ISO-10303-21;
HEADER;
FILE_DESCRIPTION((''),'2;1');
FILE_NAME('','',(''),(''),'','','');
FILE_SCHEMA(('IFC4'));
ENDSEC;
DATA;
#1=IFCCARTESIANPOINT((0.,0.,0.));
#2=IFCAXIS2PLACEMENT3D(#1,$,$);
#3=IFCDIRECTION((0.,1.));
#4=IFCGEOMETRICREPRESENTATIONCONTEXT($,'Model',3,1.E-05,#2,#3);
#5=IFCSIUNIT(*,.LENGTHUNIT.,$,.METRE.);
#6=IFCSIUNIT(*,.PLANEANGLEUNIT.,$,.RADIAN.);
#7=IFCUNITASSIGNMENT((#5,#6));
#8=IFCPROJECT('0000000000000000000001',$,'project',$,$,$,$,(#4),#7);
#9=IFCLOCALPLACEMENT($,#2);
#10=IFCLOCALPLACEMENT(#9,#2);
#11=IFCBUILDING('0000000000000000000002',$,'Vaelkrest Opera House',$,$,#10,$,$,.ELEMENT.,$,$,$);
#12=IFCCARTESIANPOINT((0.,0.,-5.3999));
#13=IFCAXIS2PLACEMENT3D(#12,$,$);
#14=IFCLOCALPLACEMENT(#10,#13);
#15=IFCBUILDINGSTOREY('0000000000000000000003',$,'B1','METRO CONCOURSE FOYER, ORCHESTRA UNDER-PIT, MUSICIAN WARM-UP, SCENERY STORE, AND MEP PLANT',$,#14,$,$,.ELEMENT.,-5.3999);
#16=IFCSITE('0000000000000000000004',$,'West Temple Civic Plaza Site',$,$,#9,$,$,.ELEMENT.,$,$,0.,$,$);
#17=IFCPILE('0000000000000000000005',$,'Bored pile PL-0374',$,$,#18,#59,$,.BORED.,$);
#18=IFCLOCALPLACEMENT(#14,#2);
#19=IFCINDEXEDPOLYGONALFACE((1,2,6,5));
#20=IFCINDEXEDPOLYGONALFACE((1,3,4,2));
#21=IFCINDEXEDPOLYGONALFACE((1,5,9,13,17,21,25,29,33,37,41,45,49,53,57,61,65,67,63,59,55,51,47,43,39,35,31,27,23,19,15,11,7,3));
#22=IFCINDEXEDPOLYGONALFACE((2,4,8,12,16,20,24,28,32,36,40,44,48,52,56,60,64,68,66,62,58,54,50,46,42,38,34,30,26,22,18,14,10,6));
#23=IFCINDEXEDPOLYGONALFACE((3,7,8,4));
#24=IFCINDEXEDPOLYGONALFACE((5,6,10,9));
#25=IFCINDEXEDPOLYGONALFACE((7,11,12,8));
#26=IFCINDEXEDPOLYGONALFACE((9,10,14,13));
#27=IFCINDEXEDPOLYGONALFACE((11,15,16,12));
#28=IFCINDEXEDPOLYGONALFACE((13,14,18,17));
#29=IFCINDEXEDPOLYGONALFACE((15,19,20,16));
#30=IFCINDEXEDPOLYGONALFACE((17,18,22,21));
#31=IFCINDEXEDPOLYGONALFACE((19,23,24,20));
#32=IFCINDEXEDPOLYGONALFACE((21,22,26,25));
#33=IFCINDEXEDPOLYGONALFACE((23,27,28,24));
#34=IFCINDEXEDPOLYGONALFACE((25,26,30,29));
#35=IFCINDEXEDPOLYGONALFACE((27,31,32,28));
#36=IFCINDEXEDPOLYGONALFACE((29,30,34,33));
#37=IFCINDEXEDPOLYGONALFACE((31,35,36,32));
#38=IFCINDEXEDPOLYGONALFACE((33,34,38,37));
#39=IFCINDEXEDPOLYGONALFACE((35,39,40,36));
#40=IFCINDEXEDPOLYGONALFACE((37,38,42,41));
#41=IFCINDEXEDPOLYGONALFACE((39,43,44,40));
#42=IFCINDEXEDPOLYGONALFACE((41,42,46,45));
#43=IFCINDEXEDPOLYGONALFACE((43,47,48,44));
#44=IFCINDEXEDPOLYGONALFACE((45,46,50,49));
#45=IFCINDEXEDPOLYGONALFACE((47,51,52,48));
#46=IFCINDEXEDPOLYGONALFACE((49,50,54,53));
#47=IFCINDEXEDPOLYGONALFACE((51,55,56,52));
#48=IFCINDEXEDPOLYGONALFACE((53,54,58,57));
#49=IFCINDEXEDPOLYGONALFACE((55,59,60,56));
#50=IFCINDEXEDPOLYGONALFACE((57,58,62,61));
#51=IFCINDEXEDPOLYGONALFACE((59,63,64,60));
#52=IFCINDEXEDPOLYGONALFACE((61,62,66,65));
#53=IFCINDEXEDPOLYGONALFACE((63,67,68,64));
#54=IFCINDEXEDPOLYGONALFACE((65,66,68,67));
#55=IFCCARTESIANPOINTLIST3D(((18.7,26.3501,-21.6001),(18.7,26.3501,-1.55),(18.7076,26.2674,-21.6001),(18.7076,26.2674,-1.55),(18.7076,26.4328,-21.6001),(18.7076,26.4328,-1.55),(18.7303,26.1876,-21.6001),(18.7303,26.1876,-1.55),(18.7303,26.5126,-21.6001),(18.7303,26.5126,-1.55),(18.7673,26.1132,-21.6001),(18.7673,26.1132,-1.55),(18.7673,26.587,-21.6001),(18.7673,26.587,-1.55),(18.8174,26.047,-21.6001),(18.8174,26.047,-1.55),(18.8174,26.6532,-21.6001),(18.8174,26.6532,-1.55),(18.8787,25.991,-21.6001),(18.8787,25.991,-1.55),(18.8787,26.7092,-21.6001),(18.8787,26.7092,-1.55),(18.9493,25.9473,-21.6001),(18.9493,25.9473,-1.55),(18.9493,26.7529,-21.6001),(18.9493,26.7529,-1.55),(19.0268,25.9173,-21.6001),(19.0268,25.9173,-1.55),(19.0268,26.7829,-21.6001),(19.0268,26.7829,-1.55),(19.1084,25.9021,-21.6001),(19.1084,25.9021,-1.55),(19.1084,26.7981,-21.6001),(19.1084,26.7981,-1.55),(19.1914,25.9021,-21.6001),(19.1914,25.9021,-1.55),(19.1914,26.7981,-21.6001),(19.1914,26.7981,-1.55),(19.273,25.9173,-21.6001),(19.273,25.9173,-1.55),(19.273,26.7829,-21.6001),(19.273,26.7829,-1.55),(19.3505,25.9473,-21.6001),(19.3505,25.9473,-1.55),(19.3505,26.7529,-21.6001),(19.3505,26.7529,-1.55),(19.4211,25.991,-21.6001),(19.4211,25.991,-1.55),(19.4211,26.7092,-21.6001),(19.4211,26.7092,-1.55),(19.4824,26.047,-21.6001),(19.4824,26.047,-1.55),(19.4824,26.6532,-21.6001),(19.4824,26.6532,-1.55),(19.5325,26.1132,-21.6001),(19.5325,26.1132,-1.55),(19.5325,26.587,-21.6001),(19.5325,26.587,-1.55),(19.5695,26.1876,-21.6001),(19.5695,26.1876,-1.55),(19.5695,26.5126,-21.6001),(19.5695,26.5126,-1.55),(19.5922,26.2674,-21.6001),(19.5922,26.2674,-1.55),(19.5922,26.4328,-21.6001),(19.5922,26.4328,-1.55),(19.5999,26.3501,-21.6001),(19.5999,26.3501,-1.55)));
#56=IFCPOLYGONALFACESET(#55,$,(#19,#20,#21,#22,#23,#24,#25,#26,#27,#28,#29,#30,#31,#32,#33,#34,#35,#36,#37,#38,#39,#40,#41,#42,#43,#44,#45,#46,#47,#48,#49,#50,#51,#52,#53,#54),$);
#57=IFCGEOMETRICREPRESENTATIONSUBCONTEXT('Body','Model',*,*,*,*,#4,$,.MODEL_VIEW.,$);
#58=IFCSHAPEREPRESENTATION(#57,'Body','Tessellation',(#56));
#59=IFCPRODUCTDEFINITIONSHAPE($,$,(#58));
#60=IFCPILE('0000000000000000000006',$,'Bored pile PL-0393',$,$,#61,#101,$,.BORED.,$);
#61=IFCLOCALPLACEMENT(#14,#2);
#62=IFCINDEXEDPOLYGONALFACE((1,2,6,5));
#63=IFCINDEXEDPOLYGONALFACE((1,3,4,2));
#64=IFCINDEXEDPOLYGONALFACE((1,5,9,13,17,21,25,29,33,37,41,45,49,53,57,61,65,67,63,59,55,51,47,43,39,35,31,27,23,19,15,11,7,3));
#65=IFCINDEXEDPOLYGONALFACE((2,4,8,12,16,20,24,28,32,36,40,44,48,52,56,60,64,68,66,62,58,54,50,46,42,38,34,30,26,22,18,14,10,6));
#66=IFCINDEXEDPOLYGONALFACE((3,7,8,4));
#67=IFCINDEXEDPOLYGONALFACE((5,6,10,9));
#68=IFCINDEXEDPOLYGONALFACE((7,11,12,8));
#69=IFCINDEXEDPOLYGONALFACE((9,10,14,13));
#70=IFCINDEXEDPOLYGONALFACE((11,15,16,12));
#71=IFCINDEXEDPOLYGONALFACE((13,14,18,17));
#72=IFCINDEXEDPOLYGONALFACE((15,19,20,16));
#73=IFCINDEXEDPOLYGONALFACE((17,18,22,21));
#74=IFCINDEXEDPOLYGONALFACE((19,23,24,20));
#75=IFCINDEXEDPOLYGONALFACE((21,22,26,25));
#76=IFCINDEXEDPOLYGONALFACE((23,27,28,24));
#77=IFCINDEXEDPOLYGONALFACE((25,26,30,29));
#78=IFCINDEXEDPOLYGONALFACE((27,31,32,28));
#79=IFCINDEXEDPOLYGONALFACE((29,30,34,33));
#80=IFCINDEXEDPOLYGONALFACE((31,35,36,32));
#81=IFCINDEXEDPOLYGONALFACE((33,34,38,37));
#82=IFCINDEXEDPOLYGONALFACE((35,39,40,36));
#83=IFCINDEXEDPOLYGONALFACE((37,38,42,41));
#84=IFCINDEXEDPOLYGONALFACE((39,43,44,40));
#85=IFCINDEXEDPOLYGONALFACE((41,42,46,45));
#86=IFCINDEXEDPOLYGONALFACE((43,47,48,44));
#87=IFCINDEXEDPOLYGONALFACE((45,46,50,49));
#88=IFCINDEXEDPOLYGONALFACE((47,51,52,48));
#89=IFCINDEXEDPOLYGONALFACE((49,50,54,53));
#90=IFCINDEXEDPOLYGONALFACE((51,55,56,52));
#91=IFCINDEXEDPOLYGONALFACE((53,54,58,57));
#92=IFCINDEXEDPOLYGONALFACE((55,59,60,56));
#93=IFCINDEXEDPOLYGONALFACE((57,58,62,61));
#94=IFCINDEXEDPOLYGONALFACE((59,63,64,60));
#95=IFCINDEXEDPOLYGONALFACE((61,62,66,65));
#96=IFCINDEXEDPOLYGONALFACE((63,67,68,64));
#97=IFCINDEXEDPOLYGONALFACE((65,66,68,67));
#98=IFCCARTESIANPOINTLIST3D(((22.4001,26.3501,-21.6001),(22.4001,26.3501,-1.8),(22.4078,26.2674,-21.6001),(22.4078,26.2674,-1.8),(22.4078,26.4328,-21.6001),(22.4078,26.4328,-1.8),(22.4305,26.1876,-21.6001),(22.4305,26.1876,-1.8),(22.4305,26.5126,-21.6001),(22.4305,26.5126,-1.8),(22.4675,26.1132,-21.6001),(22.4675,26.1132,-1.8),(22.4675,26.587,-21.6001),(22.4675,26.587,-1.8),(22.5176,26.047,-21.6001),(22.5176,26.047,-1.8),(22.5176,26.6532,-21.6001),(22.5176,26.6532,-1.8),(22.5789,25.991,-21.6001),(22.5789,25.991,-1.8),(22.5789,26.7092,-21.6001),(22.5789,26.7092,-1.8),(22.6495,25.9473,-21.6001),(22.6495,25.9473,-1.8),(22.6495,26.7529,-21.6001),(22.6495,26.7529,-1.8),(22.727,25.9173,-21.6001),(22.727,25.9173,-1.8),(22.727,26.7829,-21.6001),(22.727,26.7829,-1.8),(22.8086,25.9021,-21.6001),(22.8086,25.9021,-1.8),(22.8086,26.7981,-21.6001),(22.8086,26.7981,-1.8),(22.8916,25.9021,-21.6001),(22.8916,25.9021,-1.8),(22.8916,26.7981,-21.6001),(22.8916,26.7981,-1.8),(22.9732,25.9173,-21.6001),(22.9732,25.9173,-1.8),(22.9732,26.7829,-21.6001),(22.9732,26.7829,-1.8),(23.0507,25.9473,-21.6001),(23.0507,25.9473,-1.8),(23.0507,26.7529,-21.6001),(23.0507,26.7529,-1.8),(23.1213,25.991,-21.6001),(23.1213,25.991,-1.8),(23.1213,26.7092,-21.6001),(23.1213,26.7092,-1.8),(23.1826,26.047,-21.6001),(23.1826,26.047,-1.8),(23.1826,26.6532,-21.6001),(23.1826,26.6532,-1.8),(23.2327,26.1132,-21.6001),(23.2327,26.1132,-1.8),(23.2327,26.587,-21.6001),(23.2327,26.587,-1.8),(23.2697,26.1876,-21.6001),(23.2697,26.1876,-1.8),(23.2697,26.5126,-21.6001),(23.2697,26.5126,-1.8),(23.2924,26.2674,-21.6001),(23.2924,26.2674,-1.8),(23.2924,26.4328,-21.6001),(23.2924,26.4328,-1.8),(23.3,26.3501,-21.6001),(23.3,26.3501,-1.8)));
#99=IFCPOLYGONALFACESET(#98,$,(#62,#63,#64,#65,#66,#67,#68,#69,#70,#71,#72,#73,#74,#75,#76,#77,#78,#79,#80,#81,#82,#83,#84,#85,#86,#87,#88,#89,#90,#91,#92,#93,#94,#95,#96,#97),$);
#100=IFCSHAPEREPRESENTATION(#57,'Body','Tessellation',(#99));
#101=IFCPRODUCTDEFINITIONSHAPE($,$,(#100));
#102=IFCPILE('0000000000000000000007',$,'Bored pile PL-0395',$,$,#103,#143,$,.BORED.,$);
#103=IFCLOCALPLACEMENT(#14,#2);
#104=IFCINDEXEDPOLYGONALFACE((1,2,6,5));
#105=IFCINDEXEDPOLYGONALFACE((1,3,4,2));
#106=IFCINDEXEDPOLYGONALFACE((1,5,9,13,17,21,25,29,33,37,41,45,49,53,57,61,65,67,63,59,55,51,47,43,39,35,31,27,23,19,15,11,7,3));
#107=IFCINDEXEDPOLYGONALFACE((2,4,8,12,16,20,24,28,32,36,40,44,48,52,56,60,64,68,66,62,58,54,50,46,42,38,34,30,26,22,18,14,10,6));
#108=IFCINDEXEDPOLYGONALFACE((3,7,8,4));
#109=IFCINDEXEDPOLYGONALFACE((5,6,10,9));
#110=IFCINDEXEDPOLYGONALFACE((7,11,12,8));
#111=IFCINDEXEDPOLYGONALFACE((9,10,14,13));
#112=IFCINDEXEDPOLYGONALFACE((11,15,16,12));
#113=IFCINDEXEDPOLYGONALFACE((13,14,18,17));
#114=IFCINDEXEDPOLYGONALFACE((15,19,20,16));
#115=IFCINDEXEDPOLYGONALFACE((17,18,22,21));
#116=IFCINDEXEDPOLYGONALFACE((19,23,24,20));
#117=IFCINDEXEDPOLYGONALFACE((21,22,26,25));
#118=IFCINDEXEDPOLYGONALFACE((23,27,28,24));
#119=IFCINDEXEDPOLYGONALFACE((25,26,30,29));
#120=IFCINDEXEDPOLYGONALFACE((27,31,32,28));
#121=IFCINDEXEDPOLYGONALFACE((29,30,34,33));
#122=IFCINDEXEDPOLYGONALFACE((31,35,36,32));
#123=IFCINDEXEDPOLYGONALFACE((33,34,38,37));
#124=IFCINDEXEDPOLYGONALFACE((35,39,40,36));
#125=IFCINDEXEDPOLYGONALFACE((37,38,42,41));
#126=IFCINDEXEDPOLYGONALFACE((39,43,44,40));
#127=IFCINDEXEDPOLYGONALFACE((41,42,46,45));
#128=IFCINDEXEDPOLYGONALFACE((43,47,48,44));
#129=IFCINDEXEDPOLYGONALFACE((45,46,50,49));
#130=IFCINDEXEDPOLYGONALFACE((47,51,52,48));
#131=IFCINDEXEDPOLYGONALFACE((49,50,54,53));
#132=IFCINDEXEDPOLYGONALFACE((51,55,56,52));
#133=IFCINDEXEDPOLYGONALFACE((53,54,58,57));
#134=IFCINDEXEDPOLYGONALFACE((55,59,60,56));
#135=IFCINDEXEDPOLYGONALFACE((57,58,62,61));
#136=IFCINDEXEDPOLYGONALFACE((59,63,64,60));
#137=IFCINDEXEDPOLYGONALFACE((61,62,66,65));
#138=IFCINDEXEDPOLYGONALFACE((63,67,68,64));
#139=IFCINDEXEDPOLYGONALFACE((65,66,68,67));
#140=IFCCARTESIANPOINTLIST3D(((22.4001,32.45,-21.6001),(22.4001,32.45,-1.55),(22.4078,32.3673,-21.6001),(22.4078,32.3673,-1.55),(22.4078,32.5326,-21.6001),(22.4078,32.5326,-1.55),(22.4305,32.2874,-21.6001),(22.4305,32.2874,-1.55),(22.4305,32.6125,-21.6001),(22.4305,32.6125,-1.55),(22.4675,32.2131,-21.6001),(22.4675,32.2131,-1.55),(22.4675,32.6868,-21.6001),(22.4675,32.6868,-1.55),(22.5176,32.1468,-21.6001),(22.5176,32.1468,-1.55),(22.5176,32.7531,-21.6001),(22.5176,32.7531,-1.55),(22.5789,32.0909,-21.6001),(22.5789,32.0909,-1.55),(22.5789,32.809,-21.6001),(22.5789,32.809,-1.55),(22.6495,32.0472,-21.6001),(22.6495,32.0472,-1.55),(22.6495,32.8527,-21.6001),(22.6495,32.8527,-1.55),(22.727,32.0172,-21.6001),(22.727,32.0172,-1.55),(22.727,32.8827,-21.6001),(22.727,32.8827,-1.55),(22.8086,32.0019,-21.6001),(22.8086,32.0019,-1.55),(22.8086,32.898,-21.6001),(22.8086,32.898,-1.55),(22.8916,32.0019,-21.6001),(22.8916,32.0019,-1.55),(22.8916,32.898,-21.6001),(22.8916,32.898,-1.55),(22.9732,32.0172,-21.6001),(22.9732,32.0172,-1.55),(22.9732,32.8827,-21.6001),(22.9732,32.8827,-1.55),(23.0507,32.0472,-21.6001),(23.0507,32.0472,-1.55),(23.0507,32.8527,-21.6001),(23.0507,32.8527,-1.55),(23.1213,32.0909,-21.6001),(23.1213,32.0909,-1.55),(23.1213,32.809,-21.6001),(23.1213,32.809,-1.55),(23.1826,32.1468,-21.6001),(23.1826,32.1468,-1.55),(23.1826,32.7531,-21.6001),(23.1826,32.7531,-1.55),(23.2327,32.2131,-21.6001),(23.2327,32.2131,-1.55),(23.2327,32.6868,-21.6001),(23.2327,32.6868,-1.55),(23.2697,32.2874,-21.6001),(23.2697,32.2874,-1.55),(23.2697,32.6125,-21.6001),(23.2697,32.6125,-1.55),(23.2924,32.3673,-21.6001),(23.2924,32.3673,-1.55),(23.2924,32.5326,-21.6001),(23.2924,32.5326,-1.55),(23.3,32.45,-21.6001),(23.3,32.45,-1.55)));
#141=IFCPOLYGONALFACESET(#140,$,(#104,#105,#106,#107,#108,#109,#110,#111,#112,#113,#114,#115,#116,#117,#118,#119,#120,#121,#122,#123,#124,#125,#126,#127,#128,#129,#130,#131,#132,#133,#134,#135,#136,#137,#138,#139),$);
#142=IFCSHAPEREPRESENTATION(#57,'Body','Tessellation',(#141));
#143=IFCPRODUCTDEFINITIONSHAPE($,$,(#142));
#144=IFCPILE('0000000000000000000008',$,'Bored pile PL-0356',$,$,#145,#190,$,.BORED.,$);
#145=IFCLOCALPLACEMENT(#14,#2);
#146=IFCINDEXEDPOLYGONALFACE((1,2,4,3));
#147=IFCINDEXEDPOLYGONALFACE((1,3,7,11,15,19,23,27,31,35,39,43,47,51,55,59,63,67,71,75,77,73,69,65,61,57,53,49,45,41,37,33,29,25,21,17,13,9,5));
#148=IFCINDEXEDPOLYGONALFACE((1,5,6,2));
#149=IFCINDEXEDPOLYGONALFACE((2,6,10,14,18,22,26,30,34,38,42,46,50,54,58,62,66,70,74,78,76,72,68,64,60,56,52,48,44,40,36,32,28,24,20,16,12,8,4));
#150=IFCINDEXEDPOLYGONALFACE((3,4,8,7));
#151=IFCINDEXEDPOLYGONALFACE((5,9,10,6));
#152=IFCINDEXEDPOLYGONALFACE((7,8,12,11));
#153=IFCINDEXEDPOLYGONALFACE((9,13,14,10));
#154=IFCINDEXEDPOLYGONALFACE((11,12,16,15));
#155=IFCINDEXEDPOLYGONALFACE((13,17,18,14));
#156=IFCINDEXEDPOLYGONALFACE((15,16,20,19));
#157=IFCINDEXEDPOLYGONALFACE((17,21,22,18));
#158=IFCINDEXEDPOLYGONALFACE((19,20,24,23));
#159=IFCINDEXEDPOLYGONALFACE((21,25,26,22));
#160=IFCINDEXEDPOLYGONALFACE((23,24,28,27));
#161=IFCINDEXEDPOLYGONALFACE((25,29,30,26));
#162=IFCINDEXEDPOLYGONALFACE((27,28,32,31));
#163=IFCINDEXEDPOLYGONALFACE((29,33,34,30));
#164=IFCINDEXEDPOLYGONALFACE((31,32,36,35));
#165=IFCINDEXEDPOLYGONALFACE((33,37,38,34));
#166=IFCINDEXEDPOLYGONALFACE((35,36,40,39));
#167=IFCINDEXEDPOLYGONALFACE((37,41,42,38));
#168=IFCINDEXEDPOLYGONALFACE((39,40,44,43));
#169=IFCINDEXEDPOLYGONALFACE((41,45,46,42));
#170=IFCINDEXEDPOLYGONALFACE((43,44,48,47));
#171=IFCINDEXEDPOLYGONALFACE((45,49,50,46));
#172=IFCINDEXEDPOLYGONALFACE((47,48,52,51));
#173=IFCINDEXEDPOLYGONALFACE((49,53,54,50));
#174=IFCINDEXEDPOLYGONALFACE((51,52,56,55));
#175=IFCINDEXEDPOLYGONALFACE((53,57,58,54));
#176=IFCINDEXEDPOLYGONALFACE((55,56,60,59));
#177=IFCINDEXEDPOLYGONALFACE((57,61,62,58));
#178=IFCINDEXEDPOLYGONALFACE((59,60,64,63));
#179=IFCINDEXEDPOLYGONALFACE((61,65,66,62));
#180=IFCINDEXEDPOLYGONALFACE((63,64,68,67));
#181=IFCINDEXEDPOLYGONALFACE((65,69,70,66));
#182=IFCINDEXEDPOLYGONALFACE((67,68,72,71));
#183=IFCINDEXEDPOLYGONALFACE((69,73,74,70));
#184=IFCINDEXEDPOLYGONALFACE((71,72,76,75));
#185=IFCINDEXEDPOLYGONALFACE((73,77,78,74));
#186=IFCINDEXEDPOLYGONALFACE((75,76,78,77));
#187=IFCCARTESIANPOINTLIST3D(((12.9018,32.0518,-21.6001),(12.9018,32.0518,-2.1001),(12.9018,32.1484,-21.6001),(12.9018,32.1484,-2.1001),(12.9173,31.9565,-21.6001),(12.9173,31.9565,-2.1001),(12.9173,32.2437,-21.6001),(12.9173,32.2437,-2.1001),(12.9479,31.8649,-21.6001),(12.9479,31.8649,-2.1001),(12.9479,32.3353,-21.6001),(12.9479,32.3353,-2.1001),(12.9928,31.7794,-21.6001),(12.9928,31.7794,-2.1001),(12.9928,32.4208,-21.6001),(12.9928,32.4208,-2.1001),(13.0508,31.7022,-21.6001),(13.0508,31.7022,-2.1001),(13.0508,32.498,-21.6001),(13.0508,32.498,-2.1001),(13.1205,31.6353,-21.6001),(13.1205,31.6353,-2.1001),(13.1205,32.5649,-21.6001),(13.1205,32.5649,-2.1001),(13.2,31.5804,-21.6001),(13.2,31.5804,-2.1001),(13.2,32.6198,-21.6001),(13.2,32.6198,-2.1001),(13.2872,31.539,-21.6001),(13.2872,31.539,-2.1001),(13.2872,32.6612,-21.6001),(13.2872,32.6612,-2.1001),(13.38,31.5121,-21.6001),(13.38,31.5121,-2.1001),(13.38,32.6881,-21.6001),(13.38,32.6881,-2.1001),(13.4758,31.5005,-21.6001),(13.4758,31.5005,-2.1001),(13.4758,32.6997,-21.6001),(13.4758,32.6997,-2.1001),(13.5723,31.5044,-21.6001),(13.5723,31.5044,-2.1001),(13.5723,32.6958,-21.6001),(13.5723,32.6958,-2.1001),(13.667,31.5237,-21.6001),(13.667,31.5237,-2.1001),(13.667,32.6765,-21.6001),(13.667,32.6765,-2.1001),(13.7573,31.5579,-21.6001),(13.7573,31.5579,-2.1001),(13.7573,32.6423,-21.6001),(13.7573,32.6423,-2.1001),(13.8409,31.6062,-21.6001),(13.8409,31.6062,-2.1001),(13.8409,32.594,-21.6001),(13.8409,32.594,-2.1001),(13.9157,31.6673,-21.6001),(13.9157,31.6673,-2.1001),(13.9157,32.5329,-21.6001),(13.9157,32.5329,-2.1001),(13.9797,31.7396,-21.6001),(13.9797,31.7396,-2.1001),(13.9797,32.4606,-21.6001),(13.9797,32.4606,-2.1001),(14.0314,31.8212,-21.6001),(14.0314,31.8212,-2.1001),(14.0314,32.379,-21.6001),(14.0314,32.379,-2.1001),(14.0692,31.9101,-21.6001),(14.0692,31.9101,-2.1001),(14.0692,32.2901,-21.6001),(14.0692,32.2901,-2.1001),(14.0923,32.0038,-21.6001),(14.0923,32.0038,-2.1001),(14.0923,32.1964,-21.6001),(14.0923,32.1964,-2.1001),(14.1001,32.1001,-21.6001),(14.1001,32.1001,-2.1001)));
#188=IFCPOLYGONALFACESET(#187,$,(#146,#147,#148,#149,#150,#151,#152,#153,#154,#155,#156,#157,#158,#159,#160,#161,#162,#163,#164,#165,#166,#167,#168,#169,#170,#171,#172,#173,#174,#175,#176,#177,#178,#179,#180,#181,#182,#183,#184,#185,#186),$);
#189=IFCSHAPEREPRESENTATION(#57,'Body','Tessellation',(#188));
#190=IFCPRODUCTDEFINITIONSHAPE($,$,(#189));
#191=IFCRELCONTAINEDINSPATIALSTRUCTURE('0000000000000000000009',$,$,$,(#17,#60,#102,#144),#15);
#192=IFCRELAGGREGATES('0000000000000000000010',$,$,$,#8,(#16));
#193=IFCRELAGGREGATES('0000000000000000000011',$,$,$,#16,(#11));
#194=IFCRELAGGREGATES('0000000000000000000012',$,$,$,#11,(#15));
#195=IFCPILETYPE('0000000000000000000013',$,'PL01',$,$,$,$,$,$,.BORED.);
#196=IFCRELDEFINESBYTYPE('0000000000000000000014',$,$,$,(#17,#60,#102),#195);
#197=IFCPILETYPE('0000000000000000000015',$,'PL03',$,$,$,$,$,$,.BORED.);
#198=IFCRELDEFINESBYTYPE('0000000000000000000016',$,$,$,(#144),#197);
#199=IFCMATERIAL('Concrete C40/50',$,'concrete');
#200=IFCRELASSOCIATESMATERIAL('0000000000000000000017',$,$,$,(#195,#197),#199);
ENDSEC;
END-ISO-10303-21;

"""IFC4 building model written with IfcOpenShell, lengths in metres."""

from ifc_helpers import new_model, si_unit, direction, frame, origin, origin_2d, place, context, subcontext, project, spatial, circle, extrude, material, material_profile, profile_set, type_object, element, save


model = new_model("IFC4")

# Units and contexts
model_context = context("Model", 3, precision=1e-05, world=origin(), true_north=direction((0.0, 1.0)))
body_context = subcontext(model_context, "Body", "Model", "MODEL_VIEW")
ifc_project = project(units=[si_unit("LENGTHUNIT", "METRE"), si_unit("PLANEANGLEUNIT", "RADIAN")], contexts=[model_context])

# Site, building, storey
site_placement = place(None, origin())
site = spatial("IfcSite", under=ifc_project, at=site_placement, Name="West Temple Civic Plaza Site", CompositionType="ELEMENT", RefElevation=0.0)
building_placement = place(site_placement, origin())
building = spatial("IfcBuilding", under=site, at=building_placement, Name="Vaelkrest Opera House", CompositionType="ELEMENT")
storey_placement = place(building_placement, frame((0.0, 0.0, -5.3999)))
storey = spatial("IfcBuildingStorey", under=building, at=storey_placement, Name="B1", Description="METRO CONCOURSE FOYER, ORCHESTRA UNDER-PIT, MUSICIAN WARM-UP, SCENERY STORE, AND MEP PLANT", CompositionType="ELEMENT", Elevation=-5.3999)

# Shared definitions
ifc_material_1 = material(Name="Concrete C40/50", Category="concrete")

# Piles
ifc_material_profile_1 = material_profile(ifc_material_1, circle(Radius=0.45, at=origin_2d()), Name="PILE900")
ifc_profile_set_1 = profile_set([ifc_material_profile_1], Name="Concrete C40/50")
pile_type_1 = type_object("IfcPileType", Name="PL01", PredefinedType="BORED", material=ifc_profile_set_1)
for number, where, z_axis, x_axis, name in (
    (1, (19.1499, 26.3501, -1.55), (0.0, 0.0, -1.0), (1.0, 0.0, 0.0), "Bored pile PL-0374"),
):
    element("IfcPile", number, at=place(storey_placement, frame(where, z_axis=z_axis, x_axis=x_axis)), inside=storey, type_object=pile_type_1, Name=name, PredefinedType="BORED", context=body_context, shape_type="SweptSolid", body=[
        extrude(circle(Radius=0.45, at=origin_2d()), origin(), (0.0, 0.0, 1.0), 20.05),
    ])
pile_1_placement = place(storey_placement, frame((22.8501, 26.3501, -1.8), z_axis=(0.0, 0.0, -1.0), x_axis=(1.0, 0.0, 0.0)))
element("IfcPile", 2, at=pile_1_placement, inside=storey, type_object=pile_type_1, Name="Bored pile PL-0393", PredefinedType="BORED", context=body_context, shape_type="SweptSolid", body=[
    extrude(circle(Radius=0.45, at=origin_2d()), origin(), (0.0, 0.0, 1.0), 19.8),
])
pile_2_placement = place(storey_placement, frame((22.8501, 32.45, -1.55), z_axis=(0.0, 0.0, -1.0), x_axis=(1.0, 0.0, 0.0)))
element("IfcPile", 3, at=pile_2_placement, inside=storey, type_object=pile_type_1, Name="Bored pile PL-0395", PredefinedType="BORED", context=body_context, shape_type="SweptSolid", body=[
    extrude(circle(Radius=0.45, at=origin_2d()), origin(), (0.0, 0.0, 1.0), 20.05),
])
ifc_material_profile_2 = material_profile(ifc_material_1, circle(Radius=0.6001, at=origin_2d()), Name="PILE1200")
ifc_profile_set_2 = profile_set([ifc_material_profile_2], Name="Concrete C40/50")
pile_type_2 = type_object("IfcPileType", Name="PL03", PredefinedType="BORED", material=ifc_profile_set_2)
for number, where, z_axis, x_axis, name in (
    (4, (13.5, 32.1001, -2.1001), (0.0, 0.0, -1.0), (1.0, 0.0, 0.0), "Bored pile PL-0356"),
):
    element("IfcPile", number, at=place(storey_placement, frame(where, z_axis=z_axis, x_axis=x_axis)), inside=storey, type_object=pile_type_2, Name=name, PredefinedType="BORED", context=body_context, shape_type="SweptSolid", body=[
        extrude(circle(Radius=0.6001, at=origin_2d()), origin(), (0.0, 0.0, 1.0), 19.5),
    ])

save(model, "model.ifc")
